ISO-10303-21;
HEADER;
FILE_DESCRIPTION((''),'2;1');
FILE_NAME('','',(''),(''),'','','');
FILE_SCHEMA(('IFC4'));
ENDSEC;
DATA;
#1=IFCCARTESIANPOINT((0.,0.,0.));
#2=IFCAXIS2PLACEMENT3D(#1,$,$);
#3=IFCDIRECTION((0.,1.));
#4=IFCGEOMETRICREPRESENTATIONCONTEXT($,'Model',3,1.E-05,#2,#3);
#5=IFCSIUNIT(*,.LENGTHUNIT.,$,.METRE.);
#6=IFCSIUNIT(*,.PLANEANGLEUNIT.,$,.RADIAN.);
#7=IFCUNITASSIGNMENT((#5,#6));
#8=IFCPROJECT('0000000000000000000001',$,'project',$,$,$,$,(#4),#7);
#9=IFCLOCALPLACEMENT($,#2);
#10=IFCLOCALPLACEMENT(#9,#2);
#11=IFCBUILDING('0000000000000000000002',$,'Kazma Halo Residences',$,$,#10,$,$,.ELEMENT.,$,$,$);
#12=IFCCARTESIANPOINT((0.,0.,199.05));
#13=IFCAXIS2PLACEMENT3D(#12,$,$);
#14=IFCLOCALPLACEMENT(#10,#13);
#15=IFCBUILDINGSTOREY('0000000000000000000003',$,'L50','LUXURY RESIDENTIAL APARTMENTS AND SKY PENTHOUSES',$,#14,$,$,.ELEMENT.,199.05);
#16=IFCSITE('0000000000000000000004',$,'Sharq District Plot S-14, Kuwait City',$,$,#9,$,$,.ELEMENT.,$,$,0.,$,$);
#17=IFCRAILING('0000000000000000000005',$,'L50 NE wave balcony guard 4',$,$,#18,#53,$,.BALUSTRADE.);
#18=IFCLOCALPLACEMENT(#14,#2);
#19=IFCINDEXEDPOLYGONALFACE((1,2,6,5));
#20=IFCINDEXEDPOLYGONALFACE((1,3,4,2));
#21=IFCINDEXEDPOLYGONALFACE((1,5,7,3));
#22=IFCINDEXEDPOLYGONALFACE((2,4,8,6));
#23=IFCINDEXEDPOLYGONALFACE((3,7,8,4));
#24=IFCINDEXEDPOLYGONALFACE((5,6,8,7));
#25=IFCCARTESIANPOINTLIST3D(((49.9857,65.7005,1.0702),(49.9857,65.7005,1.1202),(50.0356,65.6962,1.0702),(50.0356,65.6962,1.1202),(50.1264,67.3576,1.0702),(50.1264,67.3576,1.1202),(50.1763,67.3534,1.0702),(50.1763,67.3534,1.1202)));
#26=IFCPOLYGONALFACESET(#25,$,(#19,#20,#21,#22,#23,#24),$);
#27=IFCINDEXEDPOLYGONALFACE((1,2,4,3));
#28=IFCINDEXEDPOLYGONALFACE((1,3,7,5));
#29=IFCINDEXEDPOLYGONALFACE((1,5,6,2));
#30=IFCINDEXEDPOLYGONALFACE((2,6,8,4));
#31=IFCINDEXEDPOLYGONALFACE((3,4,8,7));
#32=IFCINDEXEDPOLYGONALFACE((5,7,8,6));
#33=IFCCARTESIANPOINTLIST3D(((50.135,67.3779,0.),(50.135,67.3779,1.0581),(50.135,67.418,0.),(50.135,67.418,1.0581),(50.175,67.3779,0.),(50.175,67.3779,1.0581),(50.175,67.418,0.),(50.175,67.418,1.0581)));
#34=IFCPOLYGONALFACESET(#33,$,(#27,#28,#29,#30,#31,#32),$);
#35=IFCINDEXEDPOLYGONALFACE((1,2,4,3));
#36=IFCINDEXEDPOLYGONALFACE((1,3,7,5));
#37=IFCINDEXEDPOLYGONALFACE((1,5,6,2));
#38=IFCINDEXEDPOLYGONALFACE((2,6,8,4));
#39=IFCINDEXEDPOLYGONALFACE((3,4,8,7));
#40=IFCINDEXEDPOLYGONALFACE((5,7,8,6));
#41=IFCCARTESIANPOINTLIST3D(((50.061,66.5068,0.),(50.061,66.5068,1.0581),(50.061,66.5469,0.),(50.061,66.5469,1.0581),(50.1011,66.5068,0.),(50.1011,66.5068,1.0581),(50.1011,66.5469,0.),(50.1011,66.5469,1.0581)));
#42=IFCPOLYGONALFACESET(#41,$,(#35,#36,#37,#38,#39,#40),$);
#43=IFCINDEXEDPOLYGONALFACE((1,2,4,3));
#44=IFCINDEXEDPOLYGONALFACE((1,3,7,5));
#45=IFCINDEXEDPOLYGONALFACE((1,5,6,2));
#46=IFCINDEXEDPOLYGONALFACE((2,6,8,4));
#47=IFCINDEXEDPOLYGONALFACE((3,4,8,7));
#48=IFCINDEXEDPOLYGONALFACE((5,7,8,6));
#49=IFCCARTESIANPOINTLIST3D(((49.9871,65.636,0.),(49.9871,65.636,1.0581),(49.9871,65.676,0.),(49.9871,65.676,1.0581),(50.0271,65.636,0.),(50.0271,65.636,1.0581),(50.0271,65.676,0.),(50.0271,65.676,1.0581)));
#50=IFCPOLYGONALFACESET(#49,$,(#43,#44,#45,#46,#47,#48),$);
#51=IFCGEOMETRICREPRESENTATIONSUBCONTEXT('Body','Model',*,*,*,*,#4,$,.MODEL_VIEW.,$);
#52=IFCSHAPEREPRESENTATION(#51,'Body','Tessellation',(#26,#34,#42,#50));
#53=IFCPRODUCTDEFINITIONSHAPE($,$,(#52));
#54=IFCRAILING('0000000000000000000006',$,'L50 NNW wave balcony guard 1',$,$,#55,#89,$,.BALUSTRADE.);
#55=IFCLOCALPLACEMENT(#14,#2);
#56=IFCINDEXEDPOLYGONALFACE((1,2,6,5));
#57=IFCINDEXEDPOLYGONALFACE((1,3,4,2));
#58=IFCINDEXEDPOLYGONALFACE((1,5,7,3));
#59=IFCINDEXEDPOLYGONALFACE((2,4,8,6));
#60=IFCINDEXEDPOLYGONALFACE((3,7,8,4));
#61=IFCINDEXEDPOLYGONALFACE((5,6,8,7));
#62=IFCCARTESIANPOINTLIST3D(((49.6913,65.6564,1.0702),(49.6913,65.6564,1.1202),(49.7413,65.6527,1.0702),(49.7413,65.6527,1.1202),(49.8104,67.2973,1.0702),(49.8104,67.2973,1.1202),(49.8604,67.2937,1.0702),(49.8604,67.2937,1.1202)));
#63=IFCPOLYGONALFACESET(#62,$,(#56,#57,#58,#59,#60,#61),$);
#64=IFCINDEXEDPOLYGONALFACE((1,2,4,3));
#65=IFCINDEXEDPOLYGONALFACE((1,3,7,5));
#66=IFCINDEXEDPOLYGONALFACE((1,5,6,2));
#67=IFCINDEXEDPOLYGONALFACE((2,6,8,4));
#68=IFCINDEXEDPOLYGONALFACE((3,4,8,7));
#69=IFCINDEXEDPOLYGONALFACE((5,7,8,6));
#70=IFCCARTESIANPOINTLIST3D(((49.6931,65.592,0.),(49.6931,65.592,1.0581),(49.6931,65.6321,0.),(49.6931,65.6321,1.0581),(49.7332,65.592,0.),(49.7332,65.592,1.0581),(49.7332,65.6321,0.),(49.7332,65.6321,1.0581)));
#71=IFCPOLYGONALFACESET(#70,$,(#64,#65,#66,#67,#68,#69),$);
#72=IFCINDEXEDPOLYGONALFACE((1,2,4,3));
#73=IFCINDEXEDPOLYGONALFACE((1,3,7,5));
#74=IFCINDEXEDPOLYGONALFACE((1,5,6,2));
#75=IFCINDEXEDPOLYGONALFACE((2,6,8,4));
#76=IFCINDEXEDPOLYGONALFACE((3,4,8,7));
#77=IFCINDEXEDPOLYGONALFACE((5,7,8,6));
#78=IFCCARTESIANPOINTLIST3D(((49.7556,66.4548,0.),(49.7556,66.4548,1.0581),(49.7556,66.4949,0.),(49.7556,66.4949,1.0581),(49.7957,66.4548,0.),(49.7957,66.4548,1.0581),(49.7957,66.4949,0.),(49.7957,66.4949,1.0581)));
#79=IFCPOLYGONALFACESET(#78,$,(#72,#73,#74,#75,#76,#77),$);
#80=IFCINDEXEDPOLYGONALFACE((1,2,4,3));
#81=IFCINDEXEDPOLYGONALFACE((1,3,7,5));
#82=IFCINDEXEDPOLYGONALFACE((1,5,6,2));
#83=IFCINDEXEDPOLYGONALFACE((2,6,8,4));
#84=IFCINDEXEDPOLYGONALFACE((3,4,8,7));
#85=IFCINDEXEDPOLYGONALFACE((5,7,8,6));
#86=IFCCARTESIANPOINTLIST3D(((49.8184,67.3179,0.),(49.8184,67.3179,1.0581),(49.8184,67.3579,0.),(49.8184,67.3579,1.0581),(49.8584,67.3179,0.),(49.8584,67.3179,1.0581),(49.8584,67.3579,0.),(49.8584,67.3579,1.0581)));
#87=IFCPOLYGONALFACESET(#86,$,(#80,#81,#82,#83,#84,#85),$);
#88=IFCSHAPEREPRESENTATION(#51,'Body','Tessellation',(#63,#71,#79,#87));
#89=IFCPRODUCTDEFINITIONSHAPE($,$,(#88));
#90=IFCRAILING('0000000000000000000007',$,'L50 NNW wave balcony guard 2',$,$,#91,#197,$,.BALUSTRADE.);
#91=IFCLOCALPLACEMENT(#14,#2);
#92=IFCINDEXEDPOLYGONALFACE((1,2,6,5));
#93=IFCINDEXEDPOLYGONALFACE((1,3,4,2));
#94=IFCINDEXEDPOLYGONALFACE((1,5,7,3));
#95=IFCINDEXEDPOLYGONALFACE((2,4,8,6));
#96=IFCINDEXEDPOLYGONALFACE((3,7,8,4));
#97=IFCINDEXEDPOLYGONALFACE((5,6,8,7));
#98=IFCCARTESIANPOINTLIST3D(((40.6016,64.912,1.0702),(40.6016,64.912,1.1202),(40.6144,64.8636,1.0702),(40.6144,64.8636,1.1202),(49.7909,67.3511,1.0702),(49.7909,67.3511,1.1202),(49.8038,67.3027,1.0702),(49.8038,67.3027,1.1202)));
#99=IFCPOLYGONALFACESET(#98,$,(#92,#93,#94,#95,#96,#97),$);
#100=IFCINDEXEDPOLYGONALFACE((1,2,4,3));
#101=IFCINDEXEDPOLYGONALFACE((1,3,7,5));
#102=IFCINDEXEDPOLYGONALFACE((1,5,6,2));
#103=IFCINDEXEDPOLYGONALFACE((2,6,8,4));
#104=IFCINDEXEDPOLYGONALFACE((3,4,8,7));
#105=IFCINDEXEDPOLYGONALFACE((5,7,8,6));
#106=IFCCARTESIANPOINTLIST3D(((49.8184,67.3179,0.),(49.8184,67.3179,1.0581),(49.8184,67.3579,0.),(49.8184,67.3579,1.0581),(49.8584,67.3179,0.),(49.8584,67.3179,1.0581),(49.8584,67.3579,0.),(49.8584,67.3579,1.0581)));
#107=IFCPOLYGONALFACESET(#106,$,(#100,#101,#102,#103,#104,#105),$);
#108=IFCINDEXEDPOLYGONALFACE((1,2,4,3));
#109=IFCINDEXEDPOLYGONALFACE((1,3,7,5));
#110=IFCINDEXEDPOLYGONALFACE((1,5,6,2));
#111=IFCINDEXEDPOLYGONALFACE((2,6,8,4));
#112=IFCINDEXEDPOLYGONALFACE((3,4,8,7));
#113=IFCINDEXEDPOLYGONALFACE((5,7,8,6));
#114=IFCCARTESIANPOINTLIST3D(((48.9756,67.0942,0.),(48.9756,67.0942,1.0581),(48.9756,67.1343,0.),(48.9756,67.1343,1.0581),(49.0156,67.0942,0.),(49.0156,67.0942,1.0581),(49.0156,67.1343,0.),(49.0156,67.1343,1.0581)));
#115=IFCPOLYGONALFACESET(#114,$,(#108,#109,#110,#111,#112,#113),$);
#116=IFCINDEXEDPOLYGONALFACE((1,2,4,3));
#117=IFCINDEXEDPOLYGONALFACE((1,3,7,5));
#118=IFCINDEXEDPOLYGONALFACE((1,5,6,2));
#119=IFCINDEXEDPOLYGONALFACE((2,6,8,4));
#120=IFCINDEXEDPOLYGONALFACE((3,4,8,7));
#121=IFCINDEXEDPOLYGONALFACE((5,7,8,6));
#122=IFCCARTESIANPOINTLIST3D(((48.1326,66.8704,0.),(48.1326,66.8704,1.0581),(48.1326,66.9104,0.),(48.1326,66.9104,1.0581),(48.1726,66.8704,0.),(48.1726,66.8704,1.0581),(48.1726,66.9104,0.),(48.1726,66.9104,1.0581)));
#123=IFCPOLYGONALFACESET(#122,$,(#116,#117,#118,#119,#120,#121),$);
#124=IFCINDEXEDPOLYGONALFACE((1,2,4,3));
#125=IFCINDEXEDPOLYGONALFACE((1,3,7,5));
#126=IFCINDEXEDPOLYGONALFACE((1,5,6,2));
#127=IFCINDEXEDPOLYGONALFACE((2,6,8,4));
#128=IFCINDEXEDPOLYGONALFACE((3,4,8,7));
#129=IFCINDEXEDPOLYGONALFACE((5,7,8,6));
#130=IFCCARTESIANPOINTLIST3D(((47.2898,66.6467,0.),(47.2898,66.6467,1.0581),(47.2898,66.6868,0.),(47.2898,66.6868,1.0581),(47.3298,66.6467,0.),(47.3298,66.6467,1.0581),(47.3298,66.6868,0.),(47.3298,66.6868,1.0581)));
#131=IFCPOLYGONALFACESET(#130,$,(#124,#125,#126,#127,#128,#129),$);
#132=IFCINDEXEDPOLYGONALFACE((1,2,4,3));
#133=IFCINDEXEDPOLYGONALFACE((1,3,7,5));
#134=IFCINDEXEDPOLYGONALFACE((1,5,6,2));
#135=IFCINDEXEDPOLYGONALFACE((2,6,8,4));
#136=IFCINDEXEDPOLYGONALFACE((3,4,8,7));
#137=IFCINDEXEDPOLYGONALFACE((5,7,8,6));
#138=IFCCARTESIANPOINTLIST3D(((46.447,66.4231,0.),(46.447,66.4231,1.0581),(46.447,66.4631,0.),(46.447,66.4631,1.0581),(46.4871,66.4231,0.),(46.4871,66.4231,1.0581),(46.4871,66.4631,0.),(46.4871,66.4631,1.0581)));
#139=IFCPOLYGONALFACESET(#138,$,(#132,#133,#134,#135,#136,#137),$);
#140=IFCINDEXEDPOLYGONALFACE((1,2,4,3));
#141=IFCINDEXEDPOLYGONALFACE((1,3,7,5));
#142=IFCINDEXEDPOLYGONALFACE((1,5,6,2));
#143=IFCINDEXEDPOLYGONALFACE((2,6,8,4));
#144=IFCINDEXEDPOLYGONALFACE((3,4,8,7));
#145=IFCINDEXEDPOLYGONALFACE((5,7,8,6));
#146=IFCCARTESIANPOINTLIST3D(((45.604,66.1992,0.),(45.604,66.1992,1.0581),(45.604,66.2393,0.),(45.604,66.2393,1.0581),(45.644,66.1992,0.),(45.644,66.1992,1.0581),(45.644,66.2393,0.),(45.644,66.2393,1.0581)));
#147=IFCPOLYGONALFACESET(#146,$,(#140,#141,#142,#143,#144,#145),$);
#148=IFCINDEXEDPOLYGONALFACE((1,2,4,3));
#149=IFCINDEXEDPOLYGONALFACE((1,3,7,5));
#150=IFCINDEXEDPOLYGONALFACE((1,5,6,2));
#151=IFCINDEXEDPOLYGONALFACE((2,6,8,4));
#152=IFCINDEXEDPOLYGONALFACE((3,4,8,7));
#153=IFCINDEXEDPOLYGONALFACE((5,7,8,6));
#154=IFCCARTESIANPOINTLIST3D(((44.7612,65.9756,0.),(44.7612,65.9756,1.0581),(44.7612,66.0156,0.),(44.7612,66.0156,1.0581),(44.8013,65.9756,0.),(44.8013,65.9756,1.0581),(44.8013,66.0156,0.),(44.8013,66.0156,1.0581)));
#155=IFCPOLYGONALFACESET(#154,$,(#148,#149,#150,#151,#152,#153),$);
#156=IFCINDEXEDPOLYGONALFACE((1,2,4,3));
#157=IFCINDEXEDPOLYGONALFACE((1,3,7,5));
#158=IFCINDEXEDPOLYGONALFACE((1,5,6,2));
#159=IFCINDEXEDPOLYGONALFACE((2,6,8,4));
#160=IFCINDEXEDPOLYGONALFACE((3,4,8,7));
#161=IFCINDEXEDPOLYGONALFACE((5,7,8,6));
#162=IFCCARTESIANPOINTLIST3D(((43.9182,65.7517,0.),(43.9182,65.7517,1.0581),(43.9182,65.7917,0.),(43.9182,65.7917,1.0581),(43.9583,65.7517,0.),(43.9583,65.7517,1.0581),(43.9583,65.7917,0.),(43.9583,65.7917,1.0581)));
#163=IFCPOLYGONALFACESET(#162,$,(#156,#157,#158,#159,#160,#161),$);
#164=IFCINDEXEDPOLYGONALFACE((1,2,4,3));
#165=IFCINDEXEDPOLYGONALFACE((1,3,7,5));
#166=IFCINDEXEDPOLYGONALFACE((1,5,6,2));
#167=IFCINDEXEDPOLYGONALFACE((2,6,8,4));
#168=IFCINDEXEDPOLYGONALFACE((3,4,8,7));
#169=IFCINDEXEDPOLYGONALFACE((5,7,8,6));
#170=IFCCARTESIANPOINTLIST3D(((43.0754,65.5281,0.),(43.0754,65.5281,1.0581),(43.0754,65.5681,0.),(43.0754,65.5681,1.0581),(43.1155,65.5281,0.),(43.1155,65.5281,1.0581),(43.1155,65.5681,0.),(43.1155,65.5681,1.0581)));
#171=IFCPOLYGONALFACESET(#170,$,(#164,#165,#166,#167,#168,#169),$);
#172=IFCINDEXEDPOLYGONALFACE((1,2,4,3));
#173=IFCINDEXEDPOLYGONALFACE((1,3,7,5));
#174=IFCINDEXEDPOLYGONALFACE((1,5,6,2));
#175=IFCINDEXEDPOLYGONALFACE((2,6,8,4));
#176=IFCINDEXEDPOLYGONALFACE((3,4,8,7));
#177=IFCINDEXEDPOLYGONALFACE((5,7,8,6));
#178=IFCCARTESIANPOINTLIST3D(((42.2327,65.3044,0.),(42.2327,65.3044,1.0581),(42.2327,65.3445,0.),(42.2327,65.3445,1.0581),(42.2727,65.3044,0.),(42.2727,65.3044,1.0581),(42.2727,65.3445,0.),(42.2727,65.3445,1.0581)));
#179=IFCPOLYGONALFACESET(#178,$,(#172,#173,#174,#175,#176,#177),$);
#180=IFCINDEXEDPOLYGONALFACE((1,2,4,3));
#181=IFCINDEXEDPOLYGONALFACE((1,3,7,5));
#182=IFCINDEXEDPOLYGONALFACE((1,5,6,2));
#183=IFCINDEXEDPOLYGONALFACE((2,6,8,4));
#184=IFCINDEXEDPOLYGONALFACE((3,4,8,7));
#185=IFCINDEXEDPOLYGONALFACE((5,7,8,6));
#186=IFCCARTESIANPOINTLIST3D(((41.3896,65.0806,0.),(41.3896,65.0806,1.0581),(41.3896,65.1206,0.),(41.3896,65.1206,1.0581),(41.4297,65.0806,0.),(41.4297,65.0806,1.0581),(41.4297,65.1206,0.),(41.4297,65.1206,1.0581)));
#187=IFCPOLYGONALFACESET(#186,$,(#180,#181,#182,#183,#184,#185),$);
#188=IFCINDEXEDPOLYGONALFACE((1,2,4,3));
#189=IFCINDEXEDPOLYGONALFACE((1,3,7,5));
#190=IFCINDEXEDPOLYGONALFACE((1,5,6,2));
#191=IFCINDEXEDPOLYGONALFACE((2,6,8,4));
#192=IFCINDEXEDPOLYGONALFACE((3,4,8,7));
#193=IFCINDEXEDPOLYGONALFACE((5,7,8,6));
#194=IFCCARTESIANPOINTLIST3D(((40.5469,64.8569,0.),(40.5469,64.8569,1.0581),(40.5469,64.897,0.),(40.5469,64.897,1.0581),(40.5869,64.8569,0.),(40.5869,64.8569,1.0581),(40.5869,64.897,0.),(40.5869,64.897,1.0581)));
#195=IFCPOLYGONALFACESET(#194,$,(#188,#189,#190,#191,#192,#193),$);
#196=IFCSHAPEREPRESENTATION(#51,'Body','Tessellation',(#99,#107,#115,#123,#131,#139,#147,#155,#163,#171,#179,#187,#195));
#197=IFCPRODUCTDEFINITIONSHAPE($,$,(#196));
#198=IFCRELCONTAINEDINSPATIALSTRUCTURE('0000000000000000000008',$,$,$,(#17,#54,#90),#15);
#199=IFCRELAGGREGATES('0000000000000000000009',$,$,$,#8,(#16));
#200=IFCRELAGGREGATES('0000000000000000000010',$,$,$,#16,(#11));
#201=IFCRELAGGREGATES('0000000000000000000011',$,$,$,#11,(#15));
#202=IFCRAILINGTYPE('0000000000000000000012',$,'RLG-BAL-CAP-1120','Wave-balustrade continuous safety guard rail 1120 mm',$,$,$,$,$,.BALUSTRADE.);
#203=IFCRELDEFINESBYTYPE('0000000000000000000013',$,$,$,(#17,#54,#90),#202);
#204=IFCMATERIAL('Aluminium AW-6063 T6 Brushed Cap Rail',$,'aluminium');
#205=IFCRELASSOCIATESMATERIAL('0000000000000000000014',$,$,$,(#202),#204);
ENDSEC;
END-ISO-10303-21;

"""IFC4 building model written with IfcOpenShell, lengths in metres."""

from ifc_helpers import new_model, si_unit, direction, frame, origin, origin_2d, place, context, subcontext, project, spatial, rectangle, extrude, material, type_object, element, save


model = new_model("IFC4")

# Units and contexts
model_context = context("Model", 3, precision=1e-05, world=origin(), true_north=direction((0.0, 1.0)))
body_context = subcontext(model_context, "Body", "Model", "MODEL_VIEW")
ifc_project = project(units=[si_unit("LENGTHUNIT", "METRE"), si_unit("PLANEANGLEUNIT", "RADIAN")], contexts=[model_context])

# Site, building, storey
site_placement = place(None, origin())
site = spatial("IfcSite", under=ifc_project, at=site_placement, Name="Sharq District Plot S-14, Kuwait City", CompositionType="ELEMENT", RefElevation=0.0)
building_placement = place(site_placement, origin())
building = spatial("IfcBuilding", under=site, at=building_placement, Name="Kazma Halo Residences", CompositionType="ELEMENT")
storey_placement = place(building_placement, frame((0.0, 0.0, 199.05)))
storey = spatial("IfcBuildingStorey", under=building, at=storey_placement, Name="L50", Description="LUXURY RESIDENTIAL APARTMENTS AND SKY PENTHOUSES", CompositionType="ELEMENT", Elevation=199.05)

# Railings
ifc_material_1 = material(Name="Aluminium AW-6063 T6 Brushed Cap Rail", Category="aluminium")
railing_type = type_object("IfcRailingType", Name="RLG-BAL-CAP-1120", Description="Wave-balustrade continuous safety guard rail 1120 mm", PredefinedType="BALUSTRADE", material=ifc_material_1)
railing_1_placement = place(storey_placement, frame((50.155, 67.3979, 0.0)))
element("IfcRailing", 1, at=railing_1_placement, inside=storey, type_object=railing_type, Name="L50 NE wave balcony guard 4", PredefinedType="BALUSTRADE", context=body_context, shape_type="SweptSolid", body=[
    extrude(rectangle(XDim=0.05, YDim=0.05, at=origin_2d()), frame((-0.0037, -0.0425, 1.0952), z_axis=(-0.084629, -0.996413, 0.0), x_axis=(0.996413, -0.084629, 0.0)), (0.0, 0.0, 1.0), 1.6631),
    extrude(rectangle(XDim=0.04, YDim=0.04, at=origin_2d()), origin(), (0.0, 0.0, 1.0), 1.0581),
    extrude(rectangle(XDim=0.04, YDim=0.04, at=origin_2d()), frame((-0.074, -0.8711, 0.0)), (0.0, 0.0, 1.0), 1.0581),
    extrude(rectangle(XDim=0.04, YDim=0.04, at=origin_2d()), frame((-0.1479, -1.7419, 0.0)), (0.0, 0.0, 1.0), 1.0581),
])
railing_2_placement = place(storey_placement, frame((49.7131, 65.6121, 0.0)))
element("IfcRailing", 2, at=railing_2_placement, inside=storey, type_object=railing_type, Name="L50 NNW wave balcony guard 1", PredefinedType="BALUSTRADE", context=body_context, shape_type="SweptSolid", body=[
    extrude(rectangle(XDim=0.05, YDim=0.05, at=origin_2d()), frame((0.0032, 0.0425, 1.0952), z_axis=(0.07238, 0.997377, 0.0), x_axis=(-0.997377, 0.07238, 0.0)), (0.0, 0.0, 1.0), 1.6453),
    extrude(rectangle(XDim=0.04, YDim=0.04, at=origin_2d()), origin(), (0.0, 0.0, 1.0), 1.0581),
    extrude(rectangle(XDim=0.04, YDim=0.04, at=origin_2d()), frame((0.0625, 0.8628, 0.0)), (0.0, 0.0, 1.0), 1.0581),
    extrude(rectangle(XDim=0.04, YDim=0.04, at=origin_2d()), frame((0.1252, 1.7258, 0.0)), (0.0, 0.0, 1.0), 1.0581),
])
railing_3_placement = place(storey_placement, frame((49.8384, 67.3379, 0.0)))
element("IfcRailing", 3, at=railing_3_placement, inside=storey, type_object=railing_type, Name="L50 NNW wave balcony guard 2", PredefinedType="BALUSTRADE", context=body_context, shape_type="SweptSolid", body=[
    extrude(rectangle(XDim=0.05, YDim=0.05, at=origin_2d()), frame((-0.041, -0.011, 1.0952), z_axis=(-0.966532, -0.256547, 0.0), x_axis=(0.256547, -0.966532, 0.0)), (0.0, 0.0, 1.0), 9.5076),
    extrude(rectangle(XDim=0.04, YDim=0.04, at=origin_2d()), origin(), (0.0, 0.0, 1.0), 1.0581),
    extrude(rectangle(XDim=0.04, YDim=0.04, at=origin_2d()), frame((-0.8428, -0.2236, 0.0)), (0.0, 0.0, 1.0), 1.0581),
    extrude(rectangle(XDim=0.04, YDim=0.04, at=origin_2d()), frame((-1.6858, -0.4475, 0.0)), (0.0, 0.0, 1.0), 1.0581),
    extrude(rectangle(XDim=0.04, YDim=0.04, at=origin_2d()), frame((-2.5286, -0.6711, 0.0)), (0.0, 0.0, 1.0), 1.0581),
    extrude(rectangle(XDim=0.04, YDim=0.04, at=origin_2d()), frame((-3.3713, -0.8948, 0.0)), (0.0, 0.0, 1.0), 1.0581),
    extrude(rectangle(XDim=0.04, YDim=0.04, at=origin_2d()), frame((-4.2144, -1.1187, 0.0)), (0.0, 0.0, 1.0), 1.0581),
    extrude(rectangle(XDim=0.04, YDim=0.04, at=origin_2d()), frame((-5.0571, -1.3423, 0.0)), (0.0, 0.0, 1.0), 1.0581),
    extrude(rectangle(XDim=0.04, YDim=0.04, at=origin_2d()), frame((-5.9001, -1.5662, 0.0)), (0.0, 0.0, 1.0), 1.0581),
    extrude(rectangle(XDim=0.04, YDim=0.04, at=origin_2d()), frame((-6.7429, -1.7898, 0.0)), (0.0, 0.0, 1.0), 1.0581),
    extrude(rectangle(XDim=0.04, YDim=0.04, at=origin_2d()), frame((-7.5857, -2.0134, 0.0)), (0.0, 0.0, 1.0), 1.0581),
    extrude(rectangle(XDim=0.04, YDim=0.04, at=origin_2d()), frame((-8.4287, -2.2373, 0.0)), (0.0, 0.0, 1.0), 1.0581),
    extrude(rectangle(XDim=0.04, YDim=0.04, at=origin_2d()), frame((-9.2715, -2.4609, 0.0)), (0.0, 0.0, 1.0), 1.0581),
])

save(model, "model.ifc")
